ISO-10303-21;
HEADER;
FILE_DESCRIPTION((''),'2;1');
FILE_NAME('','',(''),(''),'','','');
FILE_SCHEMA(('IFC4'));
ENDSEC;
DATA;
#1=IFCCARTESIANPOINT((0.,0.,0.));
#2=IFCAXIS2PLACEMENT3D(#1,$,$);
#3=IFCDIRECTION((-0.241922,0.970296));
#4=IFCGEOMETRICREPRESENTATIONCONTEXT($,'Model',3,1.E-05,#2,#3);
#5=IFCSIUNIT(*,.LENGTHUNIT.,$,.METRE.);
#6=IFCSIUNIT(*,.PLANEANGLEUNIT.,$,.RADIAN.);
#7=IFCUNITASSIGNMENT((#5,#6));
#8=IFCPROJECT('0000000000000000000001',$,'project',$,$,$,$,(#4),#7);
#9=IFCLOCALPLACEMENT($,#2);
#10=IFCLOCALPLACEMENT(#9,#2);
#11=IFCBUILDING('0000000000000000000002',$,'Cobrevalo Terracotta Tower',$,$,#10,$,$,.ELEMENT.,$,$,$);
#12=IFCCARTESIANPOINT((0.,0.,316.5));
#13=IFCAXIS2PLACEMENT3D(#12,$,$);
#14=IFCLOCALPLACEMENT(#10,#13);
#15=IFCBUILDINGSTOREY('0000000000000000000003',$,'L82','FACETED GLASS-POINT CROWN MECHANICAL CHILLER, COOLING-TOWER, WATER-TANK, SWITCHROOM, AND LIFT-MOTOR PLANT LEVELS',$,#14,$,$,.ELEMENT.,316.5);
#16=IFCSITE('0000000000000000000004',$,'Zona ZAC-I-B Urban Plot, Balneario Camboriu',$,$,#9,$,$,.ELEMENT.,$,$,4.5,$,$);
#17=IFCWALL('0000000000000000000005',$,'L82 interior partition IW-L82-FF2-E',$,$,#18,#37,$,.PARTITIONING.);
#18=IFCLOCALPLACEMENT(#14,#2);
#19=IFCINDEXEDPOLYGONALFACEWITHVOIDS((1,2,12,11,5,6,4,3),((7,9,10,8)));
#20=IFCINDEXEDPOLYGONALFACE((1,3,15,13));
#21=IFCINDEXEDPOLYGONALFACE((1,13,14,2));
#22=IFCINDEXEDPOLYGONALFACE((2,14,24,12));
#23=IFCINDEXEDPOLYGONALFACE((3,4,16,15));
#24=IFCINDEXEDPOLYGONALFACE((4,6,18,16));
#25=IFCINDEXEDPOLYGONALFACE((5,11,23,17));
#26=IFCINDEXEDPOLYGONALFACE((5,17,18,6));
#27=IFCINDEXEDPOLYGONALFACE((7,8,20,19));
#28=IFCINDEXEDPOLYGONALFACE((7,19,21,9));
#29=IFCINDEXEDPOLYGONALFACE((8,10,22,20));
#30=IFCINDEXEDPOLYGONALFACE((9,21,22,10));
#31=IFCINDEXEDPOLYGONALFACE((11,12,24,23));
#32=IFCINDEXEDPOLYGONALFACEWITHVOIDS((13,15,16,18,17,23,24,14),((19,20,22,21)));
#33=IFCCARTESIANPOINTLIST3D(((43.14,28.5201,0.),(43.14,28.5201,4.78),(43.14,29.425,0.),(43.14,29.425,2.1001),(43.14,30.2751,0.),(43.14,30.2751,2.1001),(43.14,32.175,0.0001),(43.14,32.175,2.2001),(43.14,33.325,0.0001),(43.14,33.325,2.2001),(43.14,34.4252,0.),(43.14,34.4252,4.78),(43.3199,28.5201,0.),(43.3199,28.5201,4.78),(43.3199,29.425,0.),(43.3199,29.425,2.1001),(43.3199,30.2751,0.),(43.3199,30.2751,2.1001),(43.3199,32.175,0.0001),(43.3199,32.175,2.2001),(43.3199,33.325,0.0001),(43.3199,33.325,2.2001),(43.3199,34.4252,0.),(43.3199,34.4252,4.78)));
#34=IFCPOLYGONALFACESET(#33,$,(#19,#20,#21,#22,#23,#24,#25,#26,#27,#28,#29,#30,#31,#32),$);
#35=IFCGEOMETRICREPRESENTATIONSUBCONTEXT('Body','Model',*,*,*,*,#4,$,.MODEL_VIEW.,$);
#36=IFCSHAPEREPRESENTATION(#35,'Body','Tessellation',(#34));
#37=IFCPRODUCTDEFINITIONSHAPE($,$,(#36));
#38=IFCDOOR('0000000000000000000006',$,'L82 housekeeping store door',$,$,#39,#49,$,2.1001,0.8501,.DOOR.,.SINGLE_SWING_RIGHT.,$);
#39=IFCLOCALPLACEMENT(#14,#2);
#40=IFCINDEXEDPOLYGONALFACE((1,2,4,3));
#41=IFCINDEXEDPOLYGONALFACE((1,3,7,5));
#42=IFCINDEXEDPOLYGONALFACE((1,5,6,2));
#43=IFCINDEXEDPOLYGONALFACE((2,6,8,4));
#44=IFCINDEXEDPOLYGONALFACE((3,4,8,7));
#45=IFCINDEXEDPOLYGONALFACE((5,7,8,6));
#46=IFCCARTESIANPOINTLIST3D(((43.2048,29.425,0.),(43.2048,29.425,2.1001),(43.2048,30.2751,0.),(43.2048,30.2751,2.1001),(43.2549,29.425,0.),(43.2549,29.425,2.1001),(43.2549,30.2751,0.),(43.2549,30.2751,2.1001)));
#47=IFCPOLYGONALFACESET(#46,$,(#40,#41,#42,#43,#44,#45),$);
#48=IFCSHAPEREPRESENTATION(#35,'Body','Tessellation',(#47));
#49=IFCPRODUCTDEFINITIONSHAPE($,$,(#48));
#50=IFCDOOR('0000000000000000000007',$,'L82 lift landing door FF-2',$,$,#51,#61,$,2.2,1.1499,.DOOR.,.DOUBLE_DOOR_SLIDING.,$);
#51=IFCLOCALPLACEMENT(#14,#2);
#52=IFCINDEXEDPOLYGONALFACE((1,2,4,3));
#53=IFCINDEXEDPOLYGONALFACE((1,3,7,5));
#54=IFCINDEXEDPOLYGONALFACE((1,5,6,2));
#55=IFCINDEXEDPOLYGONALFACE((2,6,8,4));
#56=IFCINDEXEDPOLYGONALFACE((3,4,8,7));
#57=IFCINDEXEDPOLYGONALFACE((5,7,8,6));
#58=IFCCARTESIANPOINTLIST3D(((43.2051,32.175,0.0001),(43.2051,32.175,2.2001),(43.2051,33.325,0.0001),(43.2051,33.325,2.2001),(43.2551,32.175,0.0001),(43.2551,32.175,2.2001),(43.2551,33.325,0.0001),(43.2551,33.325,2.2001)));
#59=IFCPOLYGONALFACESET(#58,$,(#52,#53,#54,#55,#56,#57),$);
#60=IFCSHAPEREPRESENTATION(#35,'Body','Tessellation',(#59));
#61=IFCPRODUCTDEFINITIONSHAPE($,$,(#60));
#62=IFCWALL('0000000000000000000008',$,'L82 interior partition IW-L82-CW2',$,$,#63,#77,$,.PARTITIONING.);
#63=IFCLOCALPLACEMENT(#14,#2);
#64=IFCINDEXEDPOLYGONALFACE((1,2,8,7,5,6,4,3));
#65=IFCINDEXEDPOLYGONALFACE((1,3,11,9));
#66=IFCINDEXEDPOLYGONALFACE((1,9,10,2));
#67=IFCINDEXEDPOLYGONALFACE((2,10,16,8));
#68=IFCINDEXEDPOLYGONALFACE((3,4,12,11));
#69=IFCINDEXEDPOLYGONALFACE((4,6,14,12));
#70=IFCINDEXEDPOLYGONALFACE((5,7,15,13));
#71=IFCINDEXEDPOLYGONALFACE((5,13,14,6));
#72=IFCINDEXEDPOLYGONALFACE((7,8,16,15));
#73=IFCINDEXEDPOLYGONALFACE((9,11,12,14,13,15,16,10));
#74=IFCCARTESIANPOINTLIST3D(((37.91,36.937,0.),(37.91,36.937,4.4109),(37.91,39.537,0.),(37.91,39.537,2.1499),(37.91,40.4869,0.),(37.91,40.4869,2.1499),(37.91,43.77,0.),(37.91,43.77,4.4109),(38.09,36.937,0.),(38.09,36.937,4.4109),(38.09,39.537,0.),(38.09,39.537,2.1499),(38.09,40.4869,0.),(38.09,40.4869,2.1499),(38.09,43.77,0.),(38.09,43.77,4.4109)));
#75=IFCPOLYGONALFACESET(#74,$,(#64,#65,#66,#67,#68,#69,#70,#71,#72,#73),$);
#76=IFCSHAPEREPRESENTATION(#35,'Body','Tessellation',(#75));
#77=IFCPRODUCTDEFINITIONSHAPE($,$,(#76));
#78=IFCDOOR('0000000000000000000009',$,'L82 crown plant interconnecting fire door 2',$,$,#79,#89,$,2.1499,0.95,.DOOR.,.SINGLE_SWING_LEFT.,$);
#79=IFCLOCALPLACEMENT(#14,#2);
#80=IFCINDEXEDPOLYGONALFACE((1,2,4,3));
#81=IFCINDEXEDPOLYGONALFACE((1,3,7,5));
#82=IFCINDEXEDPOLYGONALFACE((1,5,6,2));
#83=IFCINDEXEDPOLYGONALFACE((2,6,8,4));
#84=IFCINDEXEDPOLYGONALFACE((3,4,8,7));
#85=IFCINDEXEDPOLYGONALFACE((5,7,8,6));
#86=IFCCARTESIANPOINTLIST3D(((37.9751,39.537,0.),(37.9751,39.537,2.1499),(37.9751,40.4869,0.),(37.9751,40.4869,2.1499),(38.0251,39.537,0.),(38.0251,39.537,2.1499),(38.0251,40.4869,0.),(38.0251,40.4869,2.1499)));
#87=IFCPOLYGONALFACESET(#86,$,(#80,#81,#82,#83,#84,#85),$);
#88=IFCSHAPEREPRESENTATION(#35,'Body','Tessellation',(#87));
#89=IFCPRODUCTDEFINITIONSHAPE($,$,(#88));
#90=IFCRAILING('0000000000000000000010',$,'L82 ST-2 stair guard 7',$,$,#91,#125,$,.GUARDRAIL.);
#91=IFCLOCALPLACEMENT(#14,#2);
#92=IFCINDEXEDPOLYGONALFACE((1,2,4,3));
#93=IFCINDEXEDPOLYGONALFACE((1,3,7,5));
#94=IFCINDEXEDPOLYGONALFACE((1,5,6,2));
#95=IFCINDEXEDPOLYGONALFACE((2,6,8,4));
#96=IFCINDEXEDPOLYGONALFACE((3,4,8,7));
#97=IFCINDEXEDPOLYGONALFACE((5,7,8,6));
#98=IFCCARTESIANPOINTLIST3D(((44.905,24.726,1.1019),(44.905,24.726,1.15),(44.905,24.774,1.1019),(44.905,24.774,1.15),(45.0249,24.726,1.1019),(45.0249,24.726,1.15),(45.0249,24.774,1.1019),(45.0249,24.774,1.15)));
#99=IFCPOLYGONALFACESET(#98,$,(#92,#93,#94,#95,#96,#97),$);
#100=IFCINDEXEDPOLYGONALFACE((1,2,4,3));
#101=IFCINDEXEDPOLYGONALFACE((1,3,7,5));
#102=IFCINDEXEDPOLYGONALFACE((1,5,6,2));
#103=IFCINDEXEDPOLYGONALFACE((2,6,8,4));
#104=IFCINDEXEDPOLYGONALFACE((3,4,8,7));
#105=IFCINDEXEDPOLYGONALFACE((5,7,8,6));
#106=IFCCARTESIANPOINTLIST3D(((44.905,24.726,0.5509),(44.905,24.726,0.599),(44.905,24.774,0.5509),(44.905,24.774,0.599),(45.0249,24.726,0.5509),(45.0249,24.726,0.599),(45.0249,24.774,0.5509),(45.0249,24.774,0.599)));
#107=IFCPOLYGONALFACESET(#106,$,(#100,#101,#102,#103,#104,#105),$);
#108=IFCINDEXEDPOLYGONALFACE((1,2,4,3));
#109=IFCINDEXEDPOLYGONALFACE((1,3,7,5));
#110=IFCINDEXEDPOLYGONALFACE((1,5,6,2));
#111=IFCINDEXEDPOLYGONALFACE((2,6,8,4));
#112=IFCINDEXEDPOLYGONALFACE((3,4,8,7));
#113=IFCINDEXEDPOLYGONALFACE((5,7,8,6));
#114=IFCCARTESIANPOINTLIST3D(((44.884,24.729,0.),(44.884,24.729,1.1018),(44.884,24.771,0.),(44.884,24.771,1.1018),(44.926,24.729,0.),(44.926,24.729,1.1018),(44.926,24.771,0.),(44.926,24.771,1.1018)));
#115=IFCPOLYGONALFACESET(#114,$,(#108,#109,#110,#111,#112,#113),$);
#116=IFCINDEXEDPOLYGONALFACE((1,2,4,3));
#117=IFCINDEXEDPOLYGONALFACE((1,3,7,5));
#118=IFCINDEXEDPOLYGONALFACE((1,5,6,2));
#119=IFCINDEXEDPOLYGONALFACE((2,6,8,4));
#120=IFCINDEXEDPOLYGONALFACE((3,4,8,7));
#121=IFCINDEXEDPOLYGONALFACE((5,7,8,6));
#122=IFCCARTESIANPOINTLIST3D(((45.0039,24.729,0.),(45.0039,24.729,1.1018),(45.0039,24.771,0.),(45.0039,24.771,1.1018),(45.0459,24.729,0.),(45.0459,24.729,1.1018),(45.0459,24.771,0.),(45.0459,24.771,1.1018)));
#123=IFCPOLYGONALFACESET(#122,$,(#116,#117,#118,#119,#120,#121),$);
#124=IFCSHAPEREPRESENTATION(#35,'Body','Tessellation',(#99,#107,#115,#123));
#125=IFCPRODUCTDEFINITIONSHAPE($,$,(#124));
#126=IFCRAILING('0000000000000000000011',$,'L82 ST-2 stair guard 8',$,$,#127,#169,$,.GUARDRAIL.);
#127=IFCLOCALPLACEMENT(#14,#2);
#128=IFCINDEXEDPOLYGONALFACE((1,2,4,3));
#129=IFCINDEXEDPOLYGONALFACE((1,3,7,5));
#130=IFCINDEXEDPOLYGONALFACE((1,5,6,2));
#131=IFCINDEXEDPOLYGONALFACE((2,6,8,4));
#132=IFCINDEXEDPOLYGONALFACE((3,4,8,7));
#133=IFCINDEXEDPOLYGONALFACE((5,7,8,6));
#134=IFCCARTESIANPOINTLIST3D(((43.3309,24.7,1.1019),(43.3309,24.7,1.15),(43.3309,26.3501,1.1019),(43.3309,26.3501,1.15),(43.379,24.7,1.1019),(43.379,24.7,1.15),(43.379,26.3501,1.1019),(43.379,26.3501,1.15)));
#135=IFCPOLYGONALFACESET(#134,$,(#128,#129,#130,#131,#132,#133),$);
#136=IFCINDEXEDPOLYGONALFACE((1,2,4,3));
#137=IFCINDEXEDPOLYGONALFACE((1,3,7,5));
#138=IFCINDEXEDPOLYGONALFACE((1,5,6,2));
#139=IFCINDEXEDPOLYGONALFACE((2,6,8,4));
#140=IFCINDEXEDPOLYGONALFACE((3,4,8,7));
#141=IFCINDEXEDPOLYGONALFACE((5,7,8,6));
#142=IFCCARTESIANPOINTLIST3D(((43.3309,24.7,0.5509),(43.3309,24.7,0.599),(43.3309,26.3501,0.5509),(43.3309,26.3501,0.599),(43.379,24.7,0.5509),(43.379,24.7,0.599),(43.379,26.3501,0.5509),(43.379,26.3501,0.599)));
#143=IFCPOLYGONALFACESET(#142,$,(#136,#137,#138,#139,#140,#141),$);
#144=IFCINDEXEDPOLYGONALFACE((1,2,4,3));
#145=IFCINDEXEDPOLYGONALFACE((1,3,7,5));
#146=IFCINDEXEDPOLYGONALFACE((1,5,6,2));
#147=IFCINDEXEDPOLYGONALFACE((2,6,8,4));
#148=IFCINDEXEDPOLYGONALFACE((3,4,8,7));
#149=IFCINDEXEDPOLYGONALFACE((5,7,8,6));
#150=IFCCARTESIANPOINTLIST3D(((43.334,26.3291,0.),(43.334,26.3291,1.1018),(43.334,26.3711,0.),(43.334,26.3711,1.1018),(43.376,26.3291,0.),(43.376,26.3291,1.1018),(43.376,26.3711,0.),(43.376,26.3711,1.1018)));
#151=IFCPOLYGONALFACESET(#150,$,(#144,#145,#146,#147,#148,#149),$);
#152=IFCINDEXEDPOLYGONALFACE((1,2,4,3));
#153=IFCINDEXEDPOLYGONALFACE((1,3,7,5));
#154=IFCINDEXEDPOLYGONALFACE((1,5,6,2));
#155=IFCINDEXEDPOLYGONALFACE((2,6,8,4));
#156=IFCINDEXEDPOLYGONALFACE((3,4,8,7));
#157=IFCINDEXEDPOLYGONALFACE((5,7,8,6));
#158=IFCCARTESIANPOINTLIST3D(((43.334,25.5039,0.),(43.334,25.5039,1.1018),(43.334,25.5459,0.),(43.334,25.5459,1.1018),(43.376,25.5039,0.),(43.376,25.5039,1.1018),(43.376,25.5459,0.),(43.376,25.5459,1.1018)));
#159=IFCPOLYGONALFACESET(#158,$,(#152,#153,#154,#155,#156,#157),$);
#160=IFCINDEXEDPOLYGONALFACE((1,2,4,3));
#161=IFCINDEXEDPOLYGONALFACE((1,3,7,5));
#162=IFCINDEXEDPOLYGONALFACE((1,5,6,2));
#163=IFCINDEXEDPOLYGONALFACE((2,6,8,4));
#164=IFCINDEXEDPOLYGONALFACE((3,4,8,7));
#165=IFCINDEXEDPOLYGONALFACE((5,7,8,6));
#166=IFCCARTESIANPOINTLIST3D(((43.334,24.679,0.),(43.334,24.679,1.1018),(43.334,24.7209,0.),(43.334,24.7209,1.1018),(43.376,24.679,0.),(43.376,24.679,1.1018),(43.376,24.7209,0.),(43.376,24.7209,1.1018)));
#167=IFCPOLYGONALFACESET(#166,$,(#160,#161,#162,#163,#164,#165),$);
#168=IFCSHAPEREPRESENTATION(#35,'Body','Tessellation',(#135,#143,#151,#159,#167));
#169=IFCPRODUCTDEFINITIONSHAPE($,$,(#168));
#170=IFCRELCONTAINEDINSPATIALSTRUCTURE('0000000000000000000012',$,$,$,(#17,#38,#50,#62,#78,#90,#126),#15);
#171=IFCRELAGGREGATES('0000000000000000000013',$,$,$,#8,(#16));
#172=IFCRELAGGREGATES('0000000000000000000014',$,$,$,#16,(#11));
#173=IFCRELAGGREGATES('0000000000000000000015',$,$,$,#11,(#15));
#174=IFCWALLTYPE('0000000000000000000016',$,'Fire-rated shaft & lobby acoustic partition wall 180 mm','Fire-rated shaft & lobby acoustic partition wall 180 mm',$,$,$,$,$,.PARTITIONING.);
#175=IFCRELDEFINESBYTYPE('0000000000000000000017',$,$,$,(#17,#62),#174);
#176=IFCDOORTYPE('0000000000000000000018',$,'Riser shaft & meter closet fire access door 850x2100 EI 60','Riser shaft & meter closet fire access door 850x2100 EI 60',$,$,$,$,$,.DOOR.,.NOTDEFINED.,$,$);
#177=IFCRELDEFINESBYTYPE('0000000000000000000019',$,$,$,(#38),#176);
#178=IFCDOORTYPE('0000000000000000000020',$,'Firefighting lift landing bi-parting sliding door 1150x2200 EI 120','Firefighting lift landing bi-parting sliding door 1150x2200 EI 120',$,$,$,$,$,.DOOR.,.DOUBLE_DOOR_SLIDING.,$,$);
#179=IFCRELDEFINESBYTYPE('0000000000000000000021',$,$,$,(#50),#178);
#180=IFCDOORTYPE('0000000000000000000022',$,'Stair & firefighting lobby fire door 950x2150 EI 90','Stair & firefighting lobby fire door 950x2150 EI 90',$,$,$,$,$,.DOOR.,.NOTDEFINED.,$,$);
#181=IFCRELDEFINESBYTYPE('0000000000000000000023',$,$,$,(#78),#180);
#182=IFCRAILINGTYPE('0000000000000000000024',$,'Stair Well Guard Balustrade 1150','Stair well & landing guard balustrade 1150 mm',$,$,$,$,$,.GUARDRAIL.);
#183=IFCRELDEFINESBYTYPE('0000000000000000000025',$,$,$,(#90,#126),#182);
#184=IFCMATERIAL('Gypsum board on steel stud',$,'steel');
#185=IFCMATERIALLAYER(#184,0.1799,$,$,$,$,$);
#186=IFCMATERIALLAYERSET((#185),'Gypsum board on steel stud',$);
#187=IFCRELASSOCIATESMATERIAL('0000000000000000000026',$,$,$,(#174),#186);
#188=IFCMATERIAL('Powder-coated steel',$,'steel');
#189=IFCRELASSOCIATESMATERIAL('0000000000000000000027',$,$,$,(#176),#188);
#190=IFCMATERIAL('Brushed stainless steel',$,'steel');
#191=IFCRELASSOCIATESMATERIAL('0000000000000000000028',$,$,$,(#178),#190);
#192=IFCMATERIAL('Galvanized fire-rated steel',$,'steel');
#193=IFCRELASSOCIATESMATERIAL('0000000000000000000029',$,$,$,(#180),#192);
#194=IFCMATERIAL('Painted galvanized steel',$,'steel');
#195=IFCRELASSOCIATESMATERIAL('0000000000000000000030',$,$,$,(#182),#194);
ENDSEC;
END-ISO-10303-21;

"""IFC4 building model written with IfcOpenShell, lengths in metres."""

from ifc_helpers import new_model, si_unit, direction, frame, frame_2d, origin, origin_2d, place, context, subcontext, project, spatial, rectangle, extrude, source, transform, mapped, material, layer, layer_set, type_object, element, fill, save


model = new_model("IFC4")

# Units and contexts
model_context = context("Model", 3, precision=1e-05, world=origin(), true_north=direction((-0.241922, 0.970296)))
body_context = subcontext(model_context, "Body", "Model", "MODEL_VIEW")
ifc_project = project(units=[si_unit("LENGTHUNIT", "METRE"), si_unit("PLANEANGLEUNIT", "RADIAN")], contexts=[model_context])

# Site, building, storey
site_placement = place(None, origin())
site = spatial("IfcSite", under=ifc_project, at=site_placement, Name="Zona ZAC-I-B Urban Plot, Balneario Camboriu", CompositionType="ELEMENT", RefElevation=4.5)
building_placement = place(site_placement, origin())
building = spatial("IfcBuilding", under=site, at=building_placement, Name="Cobrevalo Terracotta Tower", CompositionType="ELEMENT")
storey_placement = place(building_placement, frame((0.0, 0.0, 316.5)))
storey = spatial("IfcBuildingStorey", under=building, at=storey_placement, Name="L82", Description="FACETED GLASS-POINT CROWN MECHANICAL CHILLER, COOLING-TOWER, WATER-TANK, SWITCHROOM, AND LIFT-MOTOR PLANT LEVELS", CompositionType="ELEMENT", Elevation=316.5)

# Shared definitions
ifc_material_1 = material(Name="Gypsum board on steel stud", Category="steel")

# Shared definitions
ifc_layer_1 = layer(ifc_material_1, 0.1799)
ifc_layer_set_1 = layer_set([ifc_layer_1], Name="Gypsum board on steel stud")
wall_type_1 = type_object("IfcWallType", Name="Fire-rated shaft & lobby acoustic partition wall 180 mm", Description="Fire-rated shaft & lobby acoustic partition wall 180 mm", PredefinedType="PARTITIONING", material=ifc_layer_set_1)
ifc_material_2 = material(Name="Powder-coated steel", Category="steel")
door_type_1 = type_object("IfcDoorType", Name="Riser shaft & meter closet fire access door 850x2100 EI 60", Description="Riser shaft & meter closet fire access door 850x2100 EI 60", OperationType="NOTDEFINED", PredefinedType="DOOR", material=ifc_material_2)
shared_shape_1 = source(origin(), body_context, "Body", "SweptSolid", [
    extrude(rectangle(XDim=0.8501, YDim=2.1001, at=frame_2d((0.425, 1.05))), frame((0.0, 0.0249, 0.0), z_axis=(0.0, -1.0, 0.0), x_axis=(1.0, 0.0, 0.0)), (0.0, 0.0, 1.0), 0.05),
])

# Wall, openings, doors
wall_1_placement = place(storey_placement, frame((43.23, 28.52, 0.0), z_axis=(0.0, 0.0, 1.0), x_axis=(0.0, 1.0, 0.0)))
wall_1 = element("IfcWall", 1, at=wall_1_placement, inside=storey, type_object=wall_type_1, Name="L82 interior partition IW-L82-FF2-E", PredefinedType="PARTITIONING", context=body_context, shape_type="SweptSolid", body=[
    extrude(rectangle(XDim=5.905, YDim=0.1799, at=frame_2d((2.9526, 0.0))), origin(), (0.0, 0.0, 1.0), 4.78),
])
opening_1_placement = place(wall_1_placement, frame((0.905, 0.0, 0.0)))
opening_1 = element("IfcOpeningElement", 2, at=opening_1_placement, cuts=wall_1, PredefinedType="OPENING", context=body_context, shape_type="SweptSolid", body=[
    extrude(rectangle(XDim=0.8501, YDim=2.1001, at=frame_2d((0.425, 1.05))), frame((0.0, 0.1001, 0.0), z_axis=(0.0, -1.0, 0.0), x_axis=(1.0, 0.0, 0.0)), (0.0, 0.0, 1.0), 0.2),
])
opening_2_placement = place(wall_1_placement, frame((3.655, 0.0, 0.0)))
opening_2 = element("IfcOpeningElement", 3, at=opening_2_placement, cuts=wall_1, PredefinedType="OPENING", context=body_context, shape_type="SweptSolid", body=[
    extrude(rectangle(XDim=1.1499, YDim=2.2, at=frame_2d((0.575, 1.1001))), frame((0.0, 0.1001, 0.0), z_axis=(0.0, -1.0, 0.0), x_axis=(1.0, 0.0, 0.0)), (0.0, 0.0, 1.0), 0.2),
])
door_1_placement = place(opening_1_placement, frame((0.8501, 0.0, 0.0), z_axis=(0.0, 0.0, 1.0), x_axis=(-1.0, 0.0, 0.0)))
door_1 = element("IfcDoor", 4, at=door_1_placement, inside=storey, type_object=door_type_1, Name="L82 housekeeping store door", OperationType="SINGLE_SWING_RIGHT", OverallHeight=2.1001, OverallWidth=0.8501, PredefinedType="DOOR", context=body_context, shape_type="MappedRepresentation", body=[
    mapped(shared_shape_1, transform((0.0, 0.0, 0.0), scale=1.0)),
])
fill(opening_1, door_1)
ifc_material_3 = material(Name="Brushed stainless steel", Category="steel")
door_type_2 = type_object("IfcDoorType", Name="Firefighting lift landing bi-parting sliding door 1150x2200 EI 120", Description="Firefighting lift landing bi-parting sliding door 1150x2200 EI 120", OperationType="DOUBLE_DOOR_SLIDING", PredefinedType="DOOR", material=ifc_material_3)
shared_shape_2 = source(origin(), body_context, "Body", "SweptSolid", [
    extrude(rectangle(XDim=1.1499, YDim=2.2, at=frame_2d((0.575, 1.1001))), frame((0.0, 0.0249, 0.0), z_axis=(0.0, -1.0, 0.0), x_axis=(1.0, 0.0, 0.0)), (0.0, 0.0, 1.0), 0.05),
])
door_2_placement = place(opening_2_placement, origin())
door_2 = element("IfcDoor", 5, at=door_2_placement, inside=storey, type_object=door_type_2, Name="L82 lift landing door FF-2", OperationType="DOUBLE_DOOR_SLIDING", OverallHeight=2.2, OverallWidth=1.1499, PredefinedType="DOOR", context=body_context, shape_type="MappedRepresentation", body=[
    mapped(shared_shape_2, transform((0.0, 0.0, 0.0), scale=1.0)),
])
fill(opening_2, door_2)

# Wall, opening, door
wall_2_placement = place(storey_placement, frame((38.0, 36.937, 0.0), z_axis=(0.0, 0.0, 1.0), x_axis=(0.0, 1.0, 0.0)))
wall_2 = element("IfcWall", 6, at=wall_2_placement, inside=storey, type_object=wall_type_1, Name="L82 interior partition IW-L82-CW2", PredefinedType="PARTITIONING", context=body_context, shape_type="SweptSolid", body=[
    extrude(rectangle(XDim=6.833, YDim=0.1799, at=frame_2d((3.4165, 0.0))), origin(), (0.0, 0.0, 1.0), 4.4109),
])
opening_3_placement = place(wall_2_placement, frame((2.5999, 0.0, 0.0)))
opening_3 = element("IfcOpeningElement", 7, at=opening_3_placement, cuts=wall_2, PredefinedType="OPENING", context=body_context, shape_type="SweptSolid", body=[
    extrude(rectangle(XDim=0.95, YDim=2.1499, at=frame_2d((0.4751, 1.075))), frame((0.0, 0.1001, 0.0), z_axis=(0.0, -1.0, 0.0), x_axis=(1.0, 0.0, 0.0)), (0.0, 0.0, 1.0), 0.2),
])
ifc_material_4 = material(Name="Galvanized fire-rated steel", Category="steel")
door_type_3 = type_object("IfcDoorType", Name="Stair & firefighting lobby fire door 950x2150 EI 90", Description="Stair & firefighting lobby fire door 950x2150 EI 90", OperationType="NOTDEFINED", PredefinedType="DOOR", material=ifc_material_4)
shared_shape_3 = source(origin(), body_context, "Body", "SweptSolid", [
    extrude(rectangle(XDim=0.95, YDim=2.1499, at=frame_2d((0.4751, 1.075))), frame((0.0, 0.0249, 0.0), z_axis=(0.0, -1.0, 0.0), x_axis=(1.0, 0.0, 0.0)), (0.0, 0.0, 1.0), 0.05),
])
door_3_placement = place(opening_3_placement, origin())
door_3 = element("IfcDoor", 8, at=door_3_placement, inside=storey, type_object=door_type_3, Name="L82 crown plant interconnecting fire door 2", OperationType="SINGLE_SWING_LEFT", OverallHeight=2.1499, OverallWidth=0.95, PredefinedType="DOOR", context=body_context, shape_type="MappedRepresentation", body=[
    mapped(shared_shape_3, transform((0.0, 0.0, 0.0), scale=1.0)),
])
fill(opening_3, door_3)

# Railings
ifc_material_5 = material(Name="Painted galvanized steel", Category="steel")
railing_type = type_object("IfcRailingType", Name="Stair Well Guard Balustrade 1150", Description="Stair well & landing guard balustrade 1150 mm", PredefinedType="GUARDRAIL", material=ifc_material_5)
railing_placement = place(storey_placement, frame((44.905, 24.75, 0.0)))
element("IfcRailing", 9, at=railing_placement, inside=storey, type_object=railing_type, Name="L82 ST-2 stair guard 7", PredefinedType="GUARDRAIL", context=body_context, shape_type="SweptSolid", body=[
    extrude(rectangle(XDim=0.0481, YDim=0.0481, at=origin_2d()), frame((0.0, 0.0, 1.126), z_axis=(1.0, 0.0, 0.0), x_axis=(0.0, 1.0, 0.0)), (0.0, 0.0, 1.0), 0.1199),
    extrude(rectangle(XDim=0.0481, YDim=0.0481, at=origin_2d()), frame((0.0, 0.0, 0.575), z_axis=(1.0, 0.0, 0.0), x_axis=(0.0, 1.0, 0.0)), (0.0, 0.0, 1.0), 0.1199),
    extrude(rectangle(XDim=0.042, YDim=0.042, at=origin_2d()), origin(), (0.0, 0.0, 1.0), 1.1018),
    extrude(rectangle(XDim=0.042, YDim=0.042, at=origin_2d()), frame((0.1199, 0.0, 0.0)), (0.0, 0.0, 1.0), 1.1018),
])
for number, where, name in (
    (10, (43.355, 26.3501, 0.0), "L82 ST-2 stair guard 8"),
):
    element("IfcRailing", number, at=place(storey_placement, frame(where)), inside=storey, type_object=railing_type, Name=name, PredefinedType="GUARDRAIL", context=body_context, shape_type="SweptSolid", body=[
        extrude(rectangle(XDim=0.0481, YDim=0.0481, at=origin_2d()), frame((0.0, 0.0, 1.126), z_axis=(0.0, -1.0, 0.0), x_axis=(1.0, 0.0, 0.0)), (0.0, 0.0, 1.0), 1.6501),
        extrude(rectangle(XDim=0.0481, YDim=0.0481, at=origin_2d()), frame((0.0, 0.0, 0.575), z_axis=(0.0, -1.0, 0.0), x_axis=(1.0, 0.0, 0.0)), (0.0, 0.0, 1.0), 1.6501),
        extrude(rectangle(XDim=0.042, YDim=0.042, at=origin_2d()), origin(), (0.0, 0.0, 1.0), 1.1018),
        extrude(rectangle(XDim=0.042, YDim=0.042, at=origin_2d()), frame((0.0, -0.8252, 0.0)), (0.0, 0.0, 1.0), 1.1018),
        extrude(rectangle(XDim=0.042, YDim=0.042, at=origin_2d()), frame((0.0, -1.6501, 0.0)), (0.0, 0.0, 1.0), 1.1018),
    ])

save(model, "model.ifc")
